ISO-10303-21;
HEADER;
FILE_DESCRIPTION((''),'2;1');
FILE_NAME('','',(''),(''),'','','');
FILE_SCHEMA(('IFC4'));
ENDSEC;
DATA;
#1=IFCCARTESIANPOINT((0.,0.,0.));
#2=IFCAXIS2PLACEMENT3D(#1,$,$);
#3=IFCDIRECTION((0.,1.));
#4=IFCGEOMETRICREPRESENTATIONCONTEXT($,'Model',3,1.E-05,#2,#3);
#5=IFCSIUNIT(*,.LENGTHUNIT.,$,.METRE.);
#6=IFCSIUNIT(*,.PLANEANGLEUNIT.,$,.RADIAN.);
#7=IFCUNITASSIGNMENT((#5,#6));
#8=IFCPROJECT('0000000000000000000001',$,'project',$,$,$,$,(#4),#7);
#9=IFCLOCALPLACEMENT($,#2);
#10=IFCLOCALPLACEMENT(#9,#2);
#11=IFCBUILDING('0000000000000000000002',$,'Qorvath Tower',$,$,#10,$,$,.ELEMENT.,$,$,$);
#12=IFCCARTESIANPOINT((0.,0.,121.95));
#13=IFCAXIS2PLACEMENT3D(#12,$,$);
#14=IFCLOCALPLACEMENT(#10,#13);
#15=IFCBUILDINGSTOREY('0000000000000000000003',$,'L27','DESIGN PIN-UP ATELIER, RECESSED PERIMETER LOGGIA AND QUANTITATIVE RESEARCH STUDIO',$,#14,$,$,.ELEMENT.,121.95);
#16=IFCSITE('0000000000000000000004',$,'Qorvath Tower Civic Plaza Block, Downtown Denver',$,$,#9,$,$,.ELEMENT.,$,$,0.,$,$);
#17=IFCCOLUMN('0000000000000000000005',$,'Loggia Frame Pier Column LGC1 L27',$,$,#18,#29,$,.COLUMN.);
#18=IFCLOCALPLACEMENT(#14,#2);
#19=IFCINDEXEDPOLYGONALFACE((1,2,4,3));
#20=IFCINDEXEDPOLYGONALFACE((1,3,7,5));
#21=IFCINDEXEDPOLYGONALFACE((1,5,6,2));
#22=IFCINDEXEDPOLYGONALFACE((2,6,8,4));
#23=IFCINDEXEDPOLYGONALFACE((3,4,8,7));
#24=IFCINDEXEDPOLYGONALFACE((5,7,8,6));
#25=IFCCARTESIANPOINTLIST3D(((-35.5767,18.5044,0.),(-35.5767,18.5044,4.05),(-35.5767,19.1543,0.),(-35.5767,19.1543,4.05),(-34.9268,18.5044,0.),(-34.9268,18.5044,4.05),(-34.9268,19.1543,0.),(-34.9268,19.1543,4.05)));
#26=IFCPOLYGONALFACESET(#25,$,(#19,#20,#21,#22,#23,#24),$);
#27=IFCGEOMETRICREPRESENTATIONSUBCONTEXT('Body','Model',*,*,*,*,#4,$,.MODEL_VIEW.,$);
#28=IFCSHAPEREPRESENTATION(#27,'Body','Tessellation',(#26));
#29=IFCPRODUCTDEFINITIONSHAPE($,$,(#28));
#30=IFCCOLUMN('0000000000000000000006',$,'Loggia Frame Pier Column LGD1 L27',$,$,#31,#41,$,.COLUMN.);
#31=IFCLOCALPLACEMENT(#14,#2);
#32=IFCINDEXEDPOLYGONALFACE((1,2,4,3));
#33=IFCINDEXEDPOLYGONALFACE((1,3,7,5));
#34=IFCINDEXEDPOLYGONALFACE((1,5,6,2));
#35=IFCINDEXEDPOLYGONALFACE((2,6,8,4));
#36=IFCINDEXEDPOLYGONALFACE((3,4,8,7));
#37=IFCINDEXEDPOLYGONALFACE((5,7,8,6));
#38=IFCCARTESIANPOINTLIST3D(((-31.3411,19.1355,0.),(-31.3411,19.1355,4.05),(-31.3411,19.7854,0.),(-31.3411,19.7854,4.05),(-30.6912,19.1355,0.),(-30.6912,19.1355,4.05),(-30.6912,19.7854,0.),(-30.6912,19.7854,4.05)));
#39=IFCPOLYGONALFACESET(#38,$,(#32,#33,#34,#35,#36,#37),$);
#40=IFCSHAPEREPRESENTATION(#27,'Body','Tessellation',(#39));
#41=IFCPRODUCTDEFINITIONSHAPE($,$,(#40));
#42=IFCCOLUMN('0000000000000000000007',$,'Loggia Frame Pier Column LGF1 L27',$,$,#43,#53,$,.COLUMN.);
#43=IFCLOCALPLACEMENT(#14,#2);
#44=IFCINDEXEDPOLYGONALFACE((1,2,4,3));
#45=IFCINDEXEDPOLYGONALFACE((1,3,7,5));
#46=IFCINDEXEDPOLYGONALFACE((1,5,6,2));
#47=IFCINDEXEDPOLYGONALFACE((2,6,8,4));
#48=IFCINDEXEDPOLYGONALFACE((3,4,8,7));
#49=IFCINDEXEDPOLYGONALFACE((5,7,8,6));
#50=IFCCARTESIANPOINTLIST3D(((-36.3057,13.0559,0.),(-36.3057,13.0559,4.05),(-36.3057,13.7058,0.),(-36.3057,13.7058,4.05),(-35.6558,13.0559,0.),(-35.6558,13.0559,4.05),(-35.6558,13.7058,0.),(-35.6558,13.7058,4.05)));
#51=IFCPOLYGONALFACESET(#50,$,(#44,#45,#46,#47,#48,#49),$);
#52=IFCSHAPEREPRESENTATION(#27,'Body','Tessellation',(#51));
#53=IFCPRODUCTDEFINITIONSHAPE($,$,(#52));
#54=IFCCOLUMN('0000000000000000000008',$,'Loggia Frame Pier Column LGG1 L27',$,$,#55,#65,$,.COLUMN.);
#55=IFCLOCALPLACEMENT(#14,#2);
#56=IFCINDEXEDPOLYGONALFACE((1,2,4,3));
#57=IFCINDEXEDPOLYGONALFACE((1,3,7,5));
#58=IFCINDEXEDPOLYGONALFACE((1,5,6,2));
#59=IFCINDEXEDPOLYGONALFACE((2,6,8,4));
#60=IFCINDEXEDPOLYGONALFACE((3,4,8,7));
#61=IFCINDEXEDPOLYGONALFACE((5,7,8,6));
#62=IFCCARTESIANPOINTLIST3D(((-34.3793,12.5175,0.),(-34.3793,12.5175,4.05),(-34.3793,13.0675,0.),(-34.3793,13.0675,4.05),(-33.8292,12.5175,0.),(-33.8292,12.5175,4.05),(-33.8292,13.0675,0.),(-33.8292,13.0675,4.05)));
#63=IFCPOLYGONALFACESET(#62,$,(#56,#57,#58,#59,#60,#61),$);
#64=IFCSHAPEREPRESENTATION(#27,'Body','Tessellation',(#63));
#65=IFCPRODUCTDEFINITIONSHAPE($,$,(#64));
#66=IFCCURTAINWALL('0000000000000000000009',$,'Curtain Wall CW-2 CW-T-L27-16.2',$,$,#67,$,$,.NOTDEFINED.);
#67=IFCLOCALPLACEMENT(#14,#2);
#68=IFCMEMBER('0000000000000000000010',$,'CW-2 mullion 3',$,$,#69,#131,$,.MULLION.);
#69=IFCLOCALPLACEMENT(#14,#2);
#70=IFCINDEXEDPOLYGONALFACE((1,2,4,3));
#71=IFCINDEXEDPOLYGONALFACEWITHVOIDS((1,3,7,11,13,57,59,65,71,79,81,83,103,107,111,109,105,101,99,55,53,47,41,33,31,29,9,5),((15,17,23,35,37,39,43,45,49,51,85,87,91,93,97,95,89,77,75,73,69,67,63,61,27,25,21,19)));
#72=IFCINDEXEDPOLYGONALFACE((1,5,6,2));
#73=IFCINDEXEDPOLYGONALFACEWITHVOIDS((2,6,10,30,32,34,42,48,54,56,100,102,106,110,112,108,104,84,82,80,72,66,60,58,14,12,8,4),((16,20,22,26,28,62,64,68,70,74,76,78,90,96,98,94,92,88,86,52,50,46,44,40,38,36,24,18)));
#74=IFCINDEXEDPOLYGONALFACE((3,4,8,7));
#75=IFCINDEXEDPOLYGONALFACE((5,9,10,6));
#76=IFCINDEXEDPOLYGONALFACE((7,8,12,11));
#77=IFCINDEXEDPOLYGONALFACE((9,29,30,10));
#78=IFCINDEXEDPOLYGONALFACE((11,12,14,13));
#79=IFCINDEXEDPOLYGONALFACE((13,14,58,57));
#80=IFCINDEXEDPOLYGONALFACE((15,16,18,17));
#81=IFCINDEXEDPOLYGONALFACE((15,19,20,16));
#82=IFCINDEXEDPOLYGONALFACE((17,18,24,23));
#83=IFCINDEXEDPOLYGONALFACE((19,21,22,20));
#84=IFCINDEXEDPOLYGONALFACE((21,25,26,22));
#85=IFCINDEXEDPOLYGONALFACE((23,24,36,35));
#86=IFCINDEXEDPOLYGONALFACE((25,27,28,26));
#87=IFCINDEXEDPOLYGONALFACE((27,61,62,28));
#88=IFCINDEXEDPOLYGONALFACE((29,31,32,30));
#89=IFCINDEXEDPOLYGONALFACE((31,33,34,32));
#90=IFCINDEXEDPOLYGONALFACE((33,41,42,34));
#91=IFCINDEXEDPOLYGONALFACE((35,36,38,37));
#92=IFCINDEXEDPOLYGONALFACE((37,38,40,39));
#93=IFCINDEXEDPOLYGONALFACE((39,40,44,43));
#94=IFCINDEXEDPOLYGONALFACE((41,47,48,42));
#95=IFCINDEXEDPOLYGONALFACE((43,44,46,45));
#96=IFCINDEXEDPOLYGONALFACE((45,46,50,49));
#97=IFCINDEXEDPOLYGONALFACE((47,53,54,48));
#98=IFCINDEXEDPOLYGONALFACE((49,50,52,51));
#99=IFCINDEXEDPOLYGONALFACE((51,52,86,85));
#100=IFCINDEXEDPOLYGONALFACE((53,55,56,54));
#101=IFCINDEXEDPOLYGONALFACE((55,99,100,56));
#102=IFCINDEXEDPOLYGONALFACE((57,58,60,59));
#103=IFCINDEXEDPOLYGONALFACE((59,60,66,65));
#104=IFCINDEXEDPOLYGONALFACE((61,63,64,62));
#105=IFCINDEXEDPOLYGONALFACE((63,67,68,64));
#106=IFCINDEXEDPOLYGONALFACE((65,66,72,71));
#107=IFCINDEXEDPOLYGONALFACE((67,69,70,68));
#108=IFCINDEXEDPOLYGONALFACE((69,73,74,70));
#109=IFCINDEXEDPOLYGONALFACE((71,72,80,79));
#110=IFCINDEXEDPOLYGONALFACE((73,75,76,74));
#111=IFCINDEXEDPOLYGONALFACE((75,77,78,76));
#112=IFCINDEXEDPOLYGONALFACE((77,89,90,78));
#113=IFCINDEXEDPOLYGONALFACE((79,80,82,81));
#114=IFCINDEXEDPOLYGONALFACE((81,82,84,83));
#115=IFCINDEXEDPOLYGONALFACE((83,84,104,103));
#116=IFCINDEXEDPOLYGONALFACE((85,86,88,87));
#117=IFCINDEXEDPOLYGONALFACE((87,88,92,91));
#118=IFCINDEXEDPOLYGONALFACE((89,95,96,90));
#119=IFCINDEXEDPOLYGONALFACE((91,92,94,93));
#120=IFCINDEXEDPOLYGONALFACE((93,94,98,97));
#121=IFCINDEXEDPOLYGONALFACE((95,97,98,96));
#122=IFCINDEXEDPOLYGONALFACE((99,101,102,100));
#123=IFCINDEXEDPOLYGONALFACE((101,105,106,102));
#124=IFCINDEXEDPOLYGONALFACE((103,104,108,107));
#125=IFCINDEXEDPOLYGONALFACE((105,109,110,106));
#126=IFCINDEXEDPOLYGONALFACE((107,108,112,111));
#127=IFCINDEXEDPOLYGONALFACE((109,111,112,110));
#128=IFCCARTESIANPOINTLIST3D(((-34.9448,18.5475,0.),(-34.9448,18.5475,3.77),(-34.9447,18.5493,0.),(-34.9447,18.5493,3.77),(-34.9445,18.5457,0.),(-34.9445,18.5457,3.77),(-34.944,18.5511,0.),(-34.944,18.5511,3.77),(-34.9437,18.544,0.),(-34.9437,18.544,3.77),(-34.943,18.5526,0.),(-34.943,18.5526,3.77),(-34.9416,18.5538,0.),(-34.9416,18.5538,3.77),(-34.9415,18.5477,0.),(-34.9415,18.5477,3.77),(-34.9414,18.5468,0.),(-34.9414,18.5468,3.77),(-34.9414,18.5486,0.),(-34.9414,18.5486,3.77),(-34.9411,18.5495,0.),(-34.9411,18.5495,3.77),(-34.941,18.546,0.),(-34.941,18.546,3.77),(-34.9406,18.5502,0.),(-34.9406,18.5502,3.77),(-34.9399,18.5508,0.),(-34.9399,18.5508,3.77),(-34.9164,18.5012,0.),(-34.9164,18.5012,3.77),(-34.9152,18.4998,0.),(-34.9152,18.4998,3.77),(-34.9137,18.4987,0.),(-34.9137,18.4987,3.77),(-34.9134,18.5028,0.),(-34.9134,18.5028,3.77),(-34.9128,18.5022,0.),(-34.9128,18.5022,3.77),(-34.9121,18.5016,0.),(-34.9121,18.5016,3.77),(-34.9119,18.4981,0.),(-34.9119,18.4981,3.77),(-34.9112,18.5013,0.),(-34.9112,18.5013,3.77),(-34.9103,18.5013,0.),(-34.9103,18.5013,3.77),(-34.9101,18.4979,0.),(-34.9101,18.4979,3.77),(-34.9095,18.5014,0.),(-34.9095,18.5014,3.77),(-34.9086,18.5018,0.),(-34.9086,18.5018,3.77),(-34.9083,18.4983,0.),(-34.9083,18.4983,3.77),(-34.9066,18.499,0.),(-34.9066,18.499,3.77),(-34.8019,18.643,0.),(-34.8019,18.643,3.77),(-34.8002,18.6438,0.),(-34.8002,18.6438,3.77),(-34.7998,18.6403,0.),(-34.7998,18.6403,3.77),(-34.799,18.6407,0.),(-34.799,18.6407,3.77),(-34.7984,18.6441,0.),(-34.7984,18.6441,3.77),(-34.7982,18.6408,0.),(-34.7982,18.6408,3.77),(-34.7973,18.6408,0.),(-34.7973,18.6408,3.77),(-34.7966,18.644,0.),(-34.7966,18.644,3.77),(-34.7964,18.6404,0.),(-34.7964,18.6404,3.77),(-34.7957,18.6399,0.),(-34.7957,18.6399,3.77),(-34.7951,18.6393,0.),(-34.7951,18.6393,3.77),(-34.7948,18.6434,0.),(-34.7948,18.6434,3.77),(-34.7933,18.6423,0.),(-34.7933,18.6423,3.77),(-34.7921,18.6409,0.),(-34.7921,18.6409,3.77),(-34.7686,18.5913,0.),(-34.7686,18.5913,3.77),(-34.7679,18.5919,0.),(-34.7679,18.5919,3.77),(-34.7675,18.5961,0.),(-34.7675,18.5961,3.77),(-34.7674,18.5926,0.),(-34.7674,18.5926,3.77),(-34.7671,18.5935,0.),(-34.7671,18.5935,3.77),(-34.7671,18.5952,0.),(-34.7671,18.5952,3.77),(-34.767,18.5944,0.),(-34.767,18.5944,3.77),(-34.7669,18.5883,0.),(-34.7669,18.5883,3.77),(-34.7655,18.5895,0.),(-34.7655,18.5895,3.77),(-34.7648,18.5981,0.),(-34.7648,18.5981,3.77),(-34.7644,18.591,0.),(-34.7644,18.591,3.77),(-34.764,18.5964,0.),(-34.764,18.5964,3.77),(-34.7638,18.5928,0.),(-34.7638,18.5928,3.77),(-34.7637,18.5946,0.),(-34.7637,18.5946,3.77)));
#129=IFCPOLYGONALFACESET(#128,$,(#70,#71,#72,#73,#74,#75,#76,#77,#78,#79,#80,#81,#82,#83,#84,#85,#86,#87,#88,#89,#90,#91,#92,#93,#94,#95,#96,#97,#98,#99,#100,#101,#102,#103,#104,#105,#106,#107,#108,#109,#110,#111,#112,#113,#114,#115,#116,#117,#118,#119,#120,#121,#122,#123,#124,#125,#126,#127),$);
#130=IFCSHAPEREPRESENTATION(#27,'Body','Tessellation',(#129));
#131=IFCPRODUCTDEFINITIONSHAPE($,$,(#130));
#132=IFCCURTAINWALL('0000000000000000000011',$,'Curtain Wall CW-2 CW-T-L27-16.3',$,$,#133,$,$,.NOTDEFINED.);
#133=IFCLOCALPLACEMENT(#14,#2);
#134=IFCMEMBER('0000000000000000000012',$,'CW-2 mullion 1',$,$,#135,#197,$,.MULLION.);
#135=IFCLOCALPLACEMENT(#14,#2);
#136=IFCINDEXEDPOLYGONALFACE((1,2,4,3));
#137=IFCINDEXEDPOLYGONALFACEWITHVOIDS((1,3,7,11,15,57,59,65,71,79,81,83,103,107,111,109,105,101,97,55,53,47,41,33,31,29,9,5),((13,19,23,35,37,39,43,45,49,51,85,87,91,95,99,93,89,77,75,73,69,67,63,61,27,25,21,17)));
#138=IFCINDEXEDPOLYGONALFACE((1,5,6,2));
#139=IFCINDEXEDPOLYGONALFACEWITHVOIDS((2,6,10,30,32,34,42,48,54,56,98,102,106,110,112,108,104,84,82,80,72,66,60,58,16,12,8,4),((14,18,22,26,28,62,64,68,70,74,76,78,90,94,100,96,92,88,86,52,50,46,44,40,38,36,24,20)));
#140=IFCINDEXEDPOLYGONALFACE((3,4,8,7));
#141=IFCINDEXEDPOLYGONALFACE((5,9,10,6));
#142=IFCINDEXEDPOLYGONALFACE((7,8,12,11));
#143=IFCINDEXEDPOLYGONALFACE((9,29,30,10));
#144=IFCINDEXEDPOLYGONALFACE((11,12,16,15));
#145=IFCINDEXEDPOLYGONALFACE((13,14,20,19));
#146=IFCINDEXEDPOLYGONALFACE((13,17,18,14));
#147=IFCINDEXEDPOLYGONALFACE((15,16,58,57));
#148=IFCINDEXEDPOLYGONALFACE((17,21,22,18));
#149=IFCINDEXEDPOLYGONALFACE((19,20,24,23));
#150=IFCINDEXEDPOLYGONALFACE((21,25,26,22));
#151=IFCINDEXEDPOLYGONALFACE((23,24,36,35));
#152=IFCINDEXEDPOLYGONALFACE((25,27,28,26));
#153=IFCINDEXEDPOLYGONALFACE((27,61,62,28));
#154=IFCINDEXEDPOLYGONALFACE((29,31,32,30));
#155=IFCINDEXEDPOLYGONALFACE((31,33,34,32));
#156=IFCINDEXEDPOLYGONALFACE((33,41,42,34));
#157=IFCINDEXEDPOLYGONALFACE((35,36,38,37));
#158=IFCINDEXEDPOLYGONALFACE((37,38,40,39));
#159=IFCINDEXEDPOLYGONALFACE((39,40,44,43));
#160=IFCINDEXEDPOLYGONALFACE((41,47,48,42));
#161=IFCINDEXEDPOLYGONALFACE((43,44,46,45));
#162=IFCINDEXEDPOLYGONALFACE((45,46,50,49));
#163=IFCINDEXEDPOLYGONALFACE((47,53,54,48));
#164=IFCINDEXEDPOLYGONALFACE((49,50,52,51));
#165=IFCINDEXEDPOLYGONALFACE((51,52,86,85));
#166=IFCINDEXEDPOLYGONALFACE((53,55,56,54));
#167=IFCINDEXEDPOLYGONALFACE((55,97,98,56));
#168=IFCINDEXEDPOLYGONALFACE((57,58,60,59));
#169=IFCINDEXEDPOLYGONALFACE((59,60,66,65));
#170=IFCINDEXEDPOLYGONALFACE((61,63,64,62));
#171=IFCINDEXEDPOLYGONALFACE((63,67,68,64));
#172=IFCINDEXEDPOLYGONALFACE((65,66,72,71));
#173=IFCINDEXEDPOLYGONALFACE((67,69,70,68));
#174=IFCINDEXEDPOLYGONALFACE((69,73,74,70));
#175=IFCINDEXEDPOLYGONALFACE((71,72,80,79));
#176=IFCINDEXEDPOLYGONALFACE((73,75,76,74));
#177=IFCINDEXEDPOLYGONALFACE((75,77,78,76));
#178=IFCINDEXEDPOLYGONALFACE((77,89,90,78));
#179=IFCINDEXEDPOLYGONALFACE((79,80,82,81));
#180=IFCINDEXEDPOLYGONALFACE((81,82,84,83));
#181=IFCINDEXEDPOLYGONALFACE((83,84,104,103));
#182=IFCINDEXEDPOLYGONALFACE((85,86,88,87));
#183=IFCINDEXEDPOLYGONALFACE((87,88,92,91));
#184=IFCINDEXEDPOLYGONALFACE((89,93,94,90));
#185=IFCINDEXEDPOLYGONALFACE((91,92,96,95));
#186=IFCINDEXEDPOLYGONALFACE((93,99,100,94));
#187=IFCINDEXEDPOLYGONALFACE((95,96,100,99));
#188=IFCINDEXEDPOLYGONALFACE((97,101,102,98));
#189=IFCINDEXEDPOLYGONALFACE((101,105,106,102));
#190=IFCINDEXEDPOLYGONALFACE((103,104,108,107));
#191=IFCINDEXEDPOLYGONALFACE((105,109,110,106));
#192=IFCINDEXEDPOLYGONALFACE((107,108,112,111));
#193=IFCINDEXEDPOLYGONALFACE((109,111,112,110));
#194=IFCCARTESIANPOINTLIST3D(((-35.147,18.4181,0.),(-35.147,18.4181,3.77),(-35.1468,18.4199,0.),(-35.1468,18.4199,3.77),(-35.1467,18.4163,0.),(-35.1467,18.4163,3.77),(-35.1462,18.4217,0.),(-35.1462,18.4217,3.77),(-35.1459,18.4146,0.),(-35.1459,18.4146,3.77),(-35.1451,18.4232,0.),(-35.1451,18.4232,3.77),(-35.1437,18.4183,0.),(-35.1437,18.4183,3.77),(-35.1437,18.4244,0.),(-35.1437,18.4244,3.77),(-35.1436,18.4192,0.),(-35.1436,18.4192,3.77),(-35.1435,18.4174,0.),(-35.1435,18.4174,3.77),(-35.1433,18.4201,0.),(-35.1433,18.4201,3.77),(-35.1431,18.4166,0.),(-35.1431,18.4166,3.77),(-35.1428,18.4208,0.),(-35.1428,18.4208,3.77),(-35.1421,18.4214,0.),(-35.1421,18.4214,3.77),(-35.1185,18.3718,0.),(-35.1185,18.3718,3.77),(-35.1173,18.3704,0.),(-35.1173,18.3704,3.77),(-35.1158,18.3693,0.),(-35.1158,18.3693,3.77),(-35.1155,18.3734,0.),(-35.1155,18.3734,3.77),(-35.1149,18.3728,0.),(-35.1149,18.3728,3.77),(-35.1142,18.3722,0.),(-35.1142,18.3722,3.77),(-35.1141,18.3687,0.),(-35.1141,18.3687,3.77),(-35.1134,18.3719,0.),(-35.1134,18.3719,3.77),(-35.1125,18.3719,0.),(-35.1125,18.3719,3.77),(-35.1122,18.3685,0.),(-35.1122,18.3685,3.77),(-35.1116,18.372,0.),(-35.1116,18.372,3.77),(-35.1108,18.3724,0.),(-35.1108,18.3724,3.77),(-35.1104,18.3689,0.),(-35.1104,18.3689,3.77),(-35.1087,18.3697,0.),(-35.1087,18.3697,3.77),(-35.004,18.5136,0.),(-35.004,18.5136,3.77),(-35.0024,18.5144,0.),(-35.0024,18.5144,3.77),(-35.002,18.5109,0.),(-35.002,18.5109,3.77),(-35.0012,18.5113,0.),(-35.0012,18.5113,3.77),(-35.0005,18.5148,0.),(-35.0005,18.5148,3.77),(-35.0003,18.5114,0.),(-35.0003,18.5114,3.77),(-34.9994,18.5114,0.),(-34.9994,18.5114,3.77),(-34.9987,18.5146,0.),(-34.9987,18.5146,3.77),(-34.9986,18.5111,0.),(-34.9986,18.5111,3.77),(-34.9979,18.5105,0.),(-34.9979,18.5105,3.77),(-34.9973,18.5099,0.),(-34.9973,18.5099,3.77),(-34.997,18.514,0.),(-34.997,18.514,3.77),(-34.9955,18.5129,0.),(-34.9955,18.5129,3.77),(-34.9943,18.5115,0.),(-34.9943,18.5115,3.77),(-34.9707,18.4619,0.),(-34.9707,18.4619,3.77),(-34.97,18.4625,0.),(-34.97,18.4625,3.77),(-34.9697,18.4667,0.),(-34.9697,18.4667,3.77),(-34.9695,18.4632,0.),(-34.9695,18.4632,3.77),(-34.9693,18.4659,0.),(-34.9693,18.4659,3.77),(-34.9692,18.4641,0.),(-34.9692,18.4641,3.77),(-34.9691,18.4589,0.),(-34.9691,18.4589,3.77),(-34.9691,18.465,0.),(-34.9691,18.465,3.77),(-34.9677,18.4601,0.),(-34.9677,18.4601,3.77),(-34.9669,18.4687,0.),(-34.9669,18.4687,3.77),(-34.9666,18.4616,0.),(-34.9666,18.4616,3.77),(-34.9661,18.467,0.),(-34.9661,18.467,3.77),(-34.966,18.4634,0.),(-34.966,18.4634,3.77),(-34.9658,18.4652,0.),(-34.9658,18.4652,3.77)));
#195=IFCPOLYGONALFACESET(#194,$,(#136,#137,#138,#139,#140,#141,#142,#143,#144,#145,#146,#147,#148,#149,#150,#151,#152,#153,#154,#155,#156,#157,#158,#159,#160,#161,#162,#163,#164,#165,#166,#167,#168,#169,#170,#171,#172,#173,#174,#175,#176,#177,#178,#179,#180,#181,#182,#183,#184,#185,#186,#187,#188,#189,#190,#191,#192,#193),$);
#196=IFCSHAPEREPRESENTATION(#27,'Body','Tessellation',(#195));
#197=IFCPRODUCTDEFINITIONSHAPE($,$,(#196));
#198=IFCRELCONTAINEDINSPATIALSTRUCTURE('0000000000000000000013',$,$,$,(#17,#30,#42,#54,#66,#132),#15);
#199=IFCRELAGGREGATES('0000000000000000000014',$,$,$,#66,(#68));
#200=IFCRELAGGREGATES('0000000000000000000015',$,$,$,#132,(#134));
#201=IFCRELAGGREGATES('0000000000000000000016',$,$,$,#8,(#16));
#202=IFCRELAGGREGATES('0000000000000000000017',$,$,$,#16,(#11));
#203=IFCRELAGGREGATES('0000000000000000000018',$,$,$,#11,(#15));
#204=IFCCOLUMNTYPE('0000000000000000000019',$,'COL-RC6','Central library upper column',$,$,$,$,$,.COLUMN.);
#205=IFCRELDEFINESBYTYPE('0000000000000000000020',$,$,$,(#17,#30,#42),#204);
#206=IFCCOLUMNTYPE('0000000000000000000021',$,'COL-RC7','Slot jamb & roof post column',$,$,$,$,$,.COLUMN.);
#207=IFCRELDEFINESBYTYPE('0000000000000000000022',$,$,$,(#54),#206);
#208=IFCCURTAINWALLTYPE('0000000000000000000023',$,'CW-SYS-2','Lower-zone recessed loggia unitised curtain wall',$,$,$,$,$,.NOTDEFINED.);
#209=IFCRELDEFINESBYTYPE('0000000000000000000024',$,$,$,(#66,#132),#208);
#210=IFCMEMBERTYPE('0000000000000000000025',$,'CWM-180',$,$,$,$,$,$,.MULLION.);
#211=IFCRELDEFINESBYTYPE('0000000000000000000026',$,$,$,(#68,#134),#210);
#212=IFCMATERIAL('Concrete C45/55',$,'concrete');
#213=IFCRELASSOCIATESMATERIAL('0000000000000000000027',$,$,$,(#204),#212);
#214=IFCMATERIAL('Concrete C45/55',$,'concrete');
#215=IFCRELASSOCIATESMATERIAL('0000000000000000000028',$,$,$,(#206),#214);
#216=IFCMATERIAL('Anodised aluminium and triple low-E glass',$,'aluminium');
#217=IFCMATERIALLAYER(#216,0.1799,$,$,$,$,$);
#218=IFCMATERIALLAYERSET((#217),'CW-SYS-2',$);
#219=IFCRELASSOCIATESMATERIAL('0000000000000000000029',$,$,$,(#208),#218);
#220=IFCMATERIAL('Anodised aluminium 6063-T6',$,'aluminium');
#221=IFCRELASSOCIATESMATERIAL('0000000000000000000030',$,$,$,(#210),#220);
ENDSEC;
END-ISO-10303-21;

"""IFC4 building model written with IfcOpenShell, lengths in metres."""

from ifc_helpers import new_model, si_unit, direction, frame, origin, origin_2d, place, context, subcontext, project, spatial, rectangle, hollow_rectangle, extrude, material, layer, layer_set, material_profile, profile_set, type_object, element, aggregate, save


model = new_model("IFC4")

# Units and contexts
model_context = context("Model", 3, precision=1e-05, world=origin(), true_north=direction((0.0, 1.0)))
body_context = subcontext(model_context, "Body", "Model", "MODEL_VIEW")
ifc_project = project(units=[si_unit("LENGTHUNIT", "METRE"), si_unit("PLANEANGLEUNIT", "RADIAN")], contexts=[model_context])

# Site, building, storey
site_placement = place(None, origin())
site = spatial("IfcSite", under=ifc_project, at=site_placement, Name="Qorvath Tower Civic Plaza Block, Downtown Denver", CompositionType="ELEMENT", RefElevation=0.0)
building_placement = place(site_placement, origin())
building = spatial("IfcBuilding", under=site, at=building_placement, Name="Qorvath Tower", CompositionType="ELEMENT")
storey_placement = place(building_placement, frame((0.0, 0.0, 121.95)))
storey = spatial("IfcBuildingStorey", under=building, at=storey_placement, Name="L27", Description="DESIGN PIN-UP ATELIER, RECESSED PERIMETER LOGGIA AND QUANTITATIVE RESEARCH STUDIO", CompositionType="ELEMENT", Elevation=121.95)

# Columns
ifc_material_1 = material(Name="Concrete C45/55", Category="concrete")
ifc_material_profile_1 = material_profile(ifc_material_1, rectangle(XDim=0.6499, YDim=0.6499, at=origin_2d()), Name="RC 650x650")
ifc_profile_set_1 = profile_set([ifc_material_profile_1], Name="Concrete C45/55")
column_type_1 = type_object("IfcColumnType", Name="COL-RC6", Description="Central library upper column", PredefinedType="COLUMN", material=ifc_profile_set_1)
for number, where, z_axis, x_axis, name in (
    (1, (-35.2517, 18.8293, 0.0), (0.0, 0.0, 1.0), (1.0, 0.0, 0.0), "Loggia Frame Pier Column LGC1 L27"),
    (2, (-31.0161, 19.4604, 0.0), (0.0, 0.0, 1.0), (1.0, 0.0, 0.0), "Loggia Frame Pier Column LGD1 L27"),
    (3, (-35.9807, 13.3809, 0.0), (0.0, 0.0, 1.0), (1.0, 0.0, 0.0), "Loggia Frame Pier Column LGF1 L27"),
):
    element("IfcColumn", number, at=place(storey_placement, frame(where, z_axis=z_axis, x_axis=x_axis)), inside=storey, type_object=column_type_1, Name=name, PredefinedType="COLUMN", context=body_context, shape_type="SweptSolid", body=[
        extrude(rectangle(XDim=0.6499, YDim=0.6499, at=origin_2d()), origin(), (0.0, 0.0, 1.0), 4.05),
    ])
ifc_material_2 = material(Name="Concrete C45/55", Category="concrete")
ifc_material_profile_2 = material_profile(ifc_material_2, rectangle(XDim=0.55, YDim=0.55, at=origin_2d()), Name="RC 550x550")
ifc_profile_set_2 = profile_set([ifc_material_profile_2], Name="Concrete C45/55")
column_type_2 = type_object("IfcColumnType", Name="COL-RC7", Description="Slot jamb & roof post column", PredefinedType="COLUMN", material=ifc_profile_set_2)
column_placement = place(storey_placement, frame((-34.1042, 12.7925, 0.0), z_axis=(0.0, 0.0, 1.0), x_axis=(1.0, 0.0, 0.0)))
element("IfcColumn", 4, at=column_placement, inside=storey, type_object=column_type_2, Name="Loggia Frame Pier Column LGG1 L27", PredefinedType="COLUMN", context=body_context, shape_type="SweptSolid", body=[
    extrude(rectangle(XDim=0.55, YDim=0.55, at=origin_2d()), origin(), (0.0, 0.0, 1.0), 4.05),
])

# Curtain wall, member
ifc_material_3 = material(Name="Anodised aluminium and triple low-E glass", Category="aluminium")
ifc_layer_1 = layer(ifc_material_3, 0.1799)
ifc_layer_set_1 = layer_set([ifc_layer_1], Name="CW-SYS-2")
curtain_wall_type = type_object("IfcCurtainWallType", Name="CW-SYS-2", Description="Lower-zone recessed loggia unitised curtain wall", PredefinedType="NOTDEFINED", material=ifc_layer_set_1)
curtain_wall_1_placement = place(storey_placement, origin())
curtain_wall_1 = element("IfcCurtainWall", 5, at=curtain_wall_1_placement, inside=storey, type_object=curtain_wall_type, Name="Curtain Wall CW-2 CW-T-L27-16.2", PredefinedType="NOTDEFINED")
ifc_material_4 = material(Name="Anodised aluminium 6063-T6", Category="aluminium")
ifc_material_profile_3 = material_profile(ifc_material_4, hollow_rectangle(XDim=0.0649, YDim=0.1799, WallThickness=0.0034, InnerFilletRadius=0.0034, OuterFilletRadius=0.0071, at=origin_2d()), Name="CWM 180x65")
ifc_profile_set_3 = profile_set([ifc_material_profile_3], Name="Anodised aluminium 6063-T6")
member_type_1 = type_object("IfcMemberType", Name="CWM-180", PredefinedType="MULLION", material=ifc_profile_set_3)
member_1_placement = place(storey_placement, frame((-34.8542, 18.571, 0.0), z_axis=(0.0, 0.0, 1.0), x_axis=(0.53853, -0.842607, 0.0)))
member_1 = element("IfcMember", 6, at=member_1_placement, type_object=member_type_1, Name="CW-2 mullion 3", PredefinedType="MULLION", context=body_context, shape_type="SweptSolid", body=[
    extrude(hollow_rectangle(XDim=0.0649, YDim=0.1799, WallThickness=0.0034, InnerFilletRadius=0.0034, OuterFilletRadius=0.0071, at=origin_2d()), origin(), (0.0, 0.0, 1.0), 3.77),
])

# Curtain wall, member
curtain_wall_2_placement = place(storey_placement, origin())
curtain_wall_2 = element("IfcCurtainWall", 7, at=curtain_wall_2_placement, inside=storey, type_object=curtain_wall_type, Name="Curtain Wall CW-2 CW-T-L27-16.3", PredefinedType="NOTDEFINED")
member_2_placement = place(storey_placement, frame((-35.0564, 18.4417, 0.0), z_axis=(0.0, 0.0, 1.0), x_axis=(0.538534, -0.842604, 0.0)))
member_2 = element("IfcMember", 8, at=member_2_placement, type_object=member_type_1, Name="CW-2 mullion 1", PredefinedType="MULLION", context=body_context, shape_type="SweptSolid", body=[
    extrude(hollow_rectangle(XDim=0.0649, YDim=0.1799, WallThickness=0.0034, InnerFilletRadius=0.0034, OuterFilletRadius=0.0071, at=origin_2d()), origin(), (0.0, 0.0, 1.0), 3.77),
])

aggregate(curtain_wall_1, [member_1])
aggregate(curtain_wall_2, [member_2])

save(model, "model.ifc")
